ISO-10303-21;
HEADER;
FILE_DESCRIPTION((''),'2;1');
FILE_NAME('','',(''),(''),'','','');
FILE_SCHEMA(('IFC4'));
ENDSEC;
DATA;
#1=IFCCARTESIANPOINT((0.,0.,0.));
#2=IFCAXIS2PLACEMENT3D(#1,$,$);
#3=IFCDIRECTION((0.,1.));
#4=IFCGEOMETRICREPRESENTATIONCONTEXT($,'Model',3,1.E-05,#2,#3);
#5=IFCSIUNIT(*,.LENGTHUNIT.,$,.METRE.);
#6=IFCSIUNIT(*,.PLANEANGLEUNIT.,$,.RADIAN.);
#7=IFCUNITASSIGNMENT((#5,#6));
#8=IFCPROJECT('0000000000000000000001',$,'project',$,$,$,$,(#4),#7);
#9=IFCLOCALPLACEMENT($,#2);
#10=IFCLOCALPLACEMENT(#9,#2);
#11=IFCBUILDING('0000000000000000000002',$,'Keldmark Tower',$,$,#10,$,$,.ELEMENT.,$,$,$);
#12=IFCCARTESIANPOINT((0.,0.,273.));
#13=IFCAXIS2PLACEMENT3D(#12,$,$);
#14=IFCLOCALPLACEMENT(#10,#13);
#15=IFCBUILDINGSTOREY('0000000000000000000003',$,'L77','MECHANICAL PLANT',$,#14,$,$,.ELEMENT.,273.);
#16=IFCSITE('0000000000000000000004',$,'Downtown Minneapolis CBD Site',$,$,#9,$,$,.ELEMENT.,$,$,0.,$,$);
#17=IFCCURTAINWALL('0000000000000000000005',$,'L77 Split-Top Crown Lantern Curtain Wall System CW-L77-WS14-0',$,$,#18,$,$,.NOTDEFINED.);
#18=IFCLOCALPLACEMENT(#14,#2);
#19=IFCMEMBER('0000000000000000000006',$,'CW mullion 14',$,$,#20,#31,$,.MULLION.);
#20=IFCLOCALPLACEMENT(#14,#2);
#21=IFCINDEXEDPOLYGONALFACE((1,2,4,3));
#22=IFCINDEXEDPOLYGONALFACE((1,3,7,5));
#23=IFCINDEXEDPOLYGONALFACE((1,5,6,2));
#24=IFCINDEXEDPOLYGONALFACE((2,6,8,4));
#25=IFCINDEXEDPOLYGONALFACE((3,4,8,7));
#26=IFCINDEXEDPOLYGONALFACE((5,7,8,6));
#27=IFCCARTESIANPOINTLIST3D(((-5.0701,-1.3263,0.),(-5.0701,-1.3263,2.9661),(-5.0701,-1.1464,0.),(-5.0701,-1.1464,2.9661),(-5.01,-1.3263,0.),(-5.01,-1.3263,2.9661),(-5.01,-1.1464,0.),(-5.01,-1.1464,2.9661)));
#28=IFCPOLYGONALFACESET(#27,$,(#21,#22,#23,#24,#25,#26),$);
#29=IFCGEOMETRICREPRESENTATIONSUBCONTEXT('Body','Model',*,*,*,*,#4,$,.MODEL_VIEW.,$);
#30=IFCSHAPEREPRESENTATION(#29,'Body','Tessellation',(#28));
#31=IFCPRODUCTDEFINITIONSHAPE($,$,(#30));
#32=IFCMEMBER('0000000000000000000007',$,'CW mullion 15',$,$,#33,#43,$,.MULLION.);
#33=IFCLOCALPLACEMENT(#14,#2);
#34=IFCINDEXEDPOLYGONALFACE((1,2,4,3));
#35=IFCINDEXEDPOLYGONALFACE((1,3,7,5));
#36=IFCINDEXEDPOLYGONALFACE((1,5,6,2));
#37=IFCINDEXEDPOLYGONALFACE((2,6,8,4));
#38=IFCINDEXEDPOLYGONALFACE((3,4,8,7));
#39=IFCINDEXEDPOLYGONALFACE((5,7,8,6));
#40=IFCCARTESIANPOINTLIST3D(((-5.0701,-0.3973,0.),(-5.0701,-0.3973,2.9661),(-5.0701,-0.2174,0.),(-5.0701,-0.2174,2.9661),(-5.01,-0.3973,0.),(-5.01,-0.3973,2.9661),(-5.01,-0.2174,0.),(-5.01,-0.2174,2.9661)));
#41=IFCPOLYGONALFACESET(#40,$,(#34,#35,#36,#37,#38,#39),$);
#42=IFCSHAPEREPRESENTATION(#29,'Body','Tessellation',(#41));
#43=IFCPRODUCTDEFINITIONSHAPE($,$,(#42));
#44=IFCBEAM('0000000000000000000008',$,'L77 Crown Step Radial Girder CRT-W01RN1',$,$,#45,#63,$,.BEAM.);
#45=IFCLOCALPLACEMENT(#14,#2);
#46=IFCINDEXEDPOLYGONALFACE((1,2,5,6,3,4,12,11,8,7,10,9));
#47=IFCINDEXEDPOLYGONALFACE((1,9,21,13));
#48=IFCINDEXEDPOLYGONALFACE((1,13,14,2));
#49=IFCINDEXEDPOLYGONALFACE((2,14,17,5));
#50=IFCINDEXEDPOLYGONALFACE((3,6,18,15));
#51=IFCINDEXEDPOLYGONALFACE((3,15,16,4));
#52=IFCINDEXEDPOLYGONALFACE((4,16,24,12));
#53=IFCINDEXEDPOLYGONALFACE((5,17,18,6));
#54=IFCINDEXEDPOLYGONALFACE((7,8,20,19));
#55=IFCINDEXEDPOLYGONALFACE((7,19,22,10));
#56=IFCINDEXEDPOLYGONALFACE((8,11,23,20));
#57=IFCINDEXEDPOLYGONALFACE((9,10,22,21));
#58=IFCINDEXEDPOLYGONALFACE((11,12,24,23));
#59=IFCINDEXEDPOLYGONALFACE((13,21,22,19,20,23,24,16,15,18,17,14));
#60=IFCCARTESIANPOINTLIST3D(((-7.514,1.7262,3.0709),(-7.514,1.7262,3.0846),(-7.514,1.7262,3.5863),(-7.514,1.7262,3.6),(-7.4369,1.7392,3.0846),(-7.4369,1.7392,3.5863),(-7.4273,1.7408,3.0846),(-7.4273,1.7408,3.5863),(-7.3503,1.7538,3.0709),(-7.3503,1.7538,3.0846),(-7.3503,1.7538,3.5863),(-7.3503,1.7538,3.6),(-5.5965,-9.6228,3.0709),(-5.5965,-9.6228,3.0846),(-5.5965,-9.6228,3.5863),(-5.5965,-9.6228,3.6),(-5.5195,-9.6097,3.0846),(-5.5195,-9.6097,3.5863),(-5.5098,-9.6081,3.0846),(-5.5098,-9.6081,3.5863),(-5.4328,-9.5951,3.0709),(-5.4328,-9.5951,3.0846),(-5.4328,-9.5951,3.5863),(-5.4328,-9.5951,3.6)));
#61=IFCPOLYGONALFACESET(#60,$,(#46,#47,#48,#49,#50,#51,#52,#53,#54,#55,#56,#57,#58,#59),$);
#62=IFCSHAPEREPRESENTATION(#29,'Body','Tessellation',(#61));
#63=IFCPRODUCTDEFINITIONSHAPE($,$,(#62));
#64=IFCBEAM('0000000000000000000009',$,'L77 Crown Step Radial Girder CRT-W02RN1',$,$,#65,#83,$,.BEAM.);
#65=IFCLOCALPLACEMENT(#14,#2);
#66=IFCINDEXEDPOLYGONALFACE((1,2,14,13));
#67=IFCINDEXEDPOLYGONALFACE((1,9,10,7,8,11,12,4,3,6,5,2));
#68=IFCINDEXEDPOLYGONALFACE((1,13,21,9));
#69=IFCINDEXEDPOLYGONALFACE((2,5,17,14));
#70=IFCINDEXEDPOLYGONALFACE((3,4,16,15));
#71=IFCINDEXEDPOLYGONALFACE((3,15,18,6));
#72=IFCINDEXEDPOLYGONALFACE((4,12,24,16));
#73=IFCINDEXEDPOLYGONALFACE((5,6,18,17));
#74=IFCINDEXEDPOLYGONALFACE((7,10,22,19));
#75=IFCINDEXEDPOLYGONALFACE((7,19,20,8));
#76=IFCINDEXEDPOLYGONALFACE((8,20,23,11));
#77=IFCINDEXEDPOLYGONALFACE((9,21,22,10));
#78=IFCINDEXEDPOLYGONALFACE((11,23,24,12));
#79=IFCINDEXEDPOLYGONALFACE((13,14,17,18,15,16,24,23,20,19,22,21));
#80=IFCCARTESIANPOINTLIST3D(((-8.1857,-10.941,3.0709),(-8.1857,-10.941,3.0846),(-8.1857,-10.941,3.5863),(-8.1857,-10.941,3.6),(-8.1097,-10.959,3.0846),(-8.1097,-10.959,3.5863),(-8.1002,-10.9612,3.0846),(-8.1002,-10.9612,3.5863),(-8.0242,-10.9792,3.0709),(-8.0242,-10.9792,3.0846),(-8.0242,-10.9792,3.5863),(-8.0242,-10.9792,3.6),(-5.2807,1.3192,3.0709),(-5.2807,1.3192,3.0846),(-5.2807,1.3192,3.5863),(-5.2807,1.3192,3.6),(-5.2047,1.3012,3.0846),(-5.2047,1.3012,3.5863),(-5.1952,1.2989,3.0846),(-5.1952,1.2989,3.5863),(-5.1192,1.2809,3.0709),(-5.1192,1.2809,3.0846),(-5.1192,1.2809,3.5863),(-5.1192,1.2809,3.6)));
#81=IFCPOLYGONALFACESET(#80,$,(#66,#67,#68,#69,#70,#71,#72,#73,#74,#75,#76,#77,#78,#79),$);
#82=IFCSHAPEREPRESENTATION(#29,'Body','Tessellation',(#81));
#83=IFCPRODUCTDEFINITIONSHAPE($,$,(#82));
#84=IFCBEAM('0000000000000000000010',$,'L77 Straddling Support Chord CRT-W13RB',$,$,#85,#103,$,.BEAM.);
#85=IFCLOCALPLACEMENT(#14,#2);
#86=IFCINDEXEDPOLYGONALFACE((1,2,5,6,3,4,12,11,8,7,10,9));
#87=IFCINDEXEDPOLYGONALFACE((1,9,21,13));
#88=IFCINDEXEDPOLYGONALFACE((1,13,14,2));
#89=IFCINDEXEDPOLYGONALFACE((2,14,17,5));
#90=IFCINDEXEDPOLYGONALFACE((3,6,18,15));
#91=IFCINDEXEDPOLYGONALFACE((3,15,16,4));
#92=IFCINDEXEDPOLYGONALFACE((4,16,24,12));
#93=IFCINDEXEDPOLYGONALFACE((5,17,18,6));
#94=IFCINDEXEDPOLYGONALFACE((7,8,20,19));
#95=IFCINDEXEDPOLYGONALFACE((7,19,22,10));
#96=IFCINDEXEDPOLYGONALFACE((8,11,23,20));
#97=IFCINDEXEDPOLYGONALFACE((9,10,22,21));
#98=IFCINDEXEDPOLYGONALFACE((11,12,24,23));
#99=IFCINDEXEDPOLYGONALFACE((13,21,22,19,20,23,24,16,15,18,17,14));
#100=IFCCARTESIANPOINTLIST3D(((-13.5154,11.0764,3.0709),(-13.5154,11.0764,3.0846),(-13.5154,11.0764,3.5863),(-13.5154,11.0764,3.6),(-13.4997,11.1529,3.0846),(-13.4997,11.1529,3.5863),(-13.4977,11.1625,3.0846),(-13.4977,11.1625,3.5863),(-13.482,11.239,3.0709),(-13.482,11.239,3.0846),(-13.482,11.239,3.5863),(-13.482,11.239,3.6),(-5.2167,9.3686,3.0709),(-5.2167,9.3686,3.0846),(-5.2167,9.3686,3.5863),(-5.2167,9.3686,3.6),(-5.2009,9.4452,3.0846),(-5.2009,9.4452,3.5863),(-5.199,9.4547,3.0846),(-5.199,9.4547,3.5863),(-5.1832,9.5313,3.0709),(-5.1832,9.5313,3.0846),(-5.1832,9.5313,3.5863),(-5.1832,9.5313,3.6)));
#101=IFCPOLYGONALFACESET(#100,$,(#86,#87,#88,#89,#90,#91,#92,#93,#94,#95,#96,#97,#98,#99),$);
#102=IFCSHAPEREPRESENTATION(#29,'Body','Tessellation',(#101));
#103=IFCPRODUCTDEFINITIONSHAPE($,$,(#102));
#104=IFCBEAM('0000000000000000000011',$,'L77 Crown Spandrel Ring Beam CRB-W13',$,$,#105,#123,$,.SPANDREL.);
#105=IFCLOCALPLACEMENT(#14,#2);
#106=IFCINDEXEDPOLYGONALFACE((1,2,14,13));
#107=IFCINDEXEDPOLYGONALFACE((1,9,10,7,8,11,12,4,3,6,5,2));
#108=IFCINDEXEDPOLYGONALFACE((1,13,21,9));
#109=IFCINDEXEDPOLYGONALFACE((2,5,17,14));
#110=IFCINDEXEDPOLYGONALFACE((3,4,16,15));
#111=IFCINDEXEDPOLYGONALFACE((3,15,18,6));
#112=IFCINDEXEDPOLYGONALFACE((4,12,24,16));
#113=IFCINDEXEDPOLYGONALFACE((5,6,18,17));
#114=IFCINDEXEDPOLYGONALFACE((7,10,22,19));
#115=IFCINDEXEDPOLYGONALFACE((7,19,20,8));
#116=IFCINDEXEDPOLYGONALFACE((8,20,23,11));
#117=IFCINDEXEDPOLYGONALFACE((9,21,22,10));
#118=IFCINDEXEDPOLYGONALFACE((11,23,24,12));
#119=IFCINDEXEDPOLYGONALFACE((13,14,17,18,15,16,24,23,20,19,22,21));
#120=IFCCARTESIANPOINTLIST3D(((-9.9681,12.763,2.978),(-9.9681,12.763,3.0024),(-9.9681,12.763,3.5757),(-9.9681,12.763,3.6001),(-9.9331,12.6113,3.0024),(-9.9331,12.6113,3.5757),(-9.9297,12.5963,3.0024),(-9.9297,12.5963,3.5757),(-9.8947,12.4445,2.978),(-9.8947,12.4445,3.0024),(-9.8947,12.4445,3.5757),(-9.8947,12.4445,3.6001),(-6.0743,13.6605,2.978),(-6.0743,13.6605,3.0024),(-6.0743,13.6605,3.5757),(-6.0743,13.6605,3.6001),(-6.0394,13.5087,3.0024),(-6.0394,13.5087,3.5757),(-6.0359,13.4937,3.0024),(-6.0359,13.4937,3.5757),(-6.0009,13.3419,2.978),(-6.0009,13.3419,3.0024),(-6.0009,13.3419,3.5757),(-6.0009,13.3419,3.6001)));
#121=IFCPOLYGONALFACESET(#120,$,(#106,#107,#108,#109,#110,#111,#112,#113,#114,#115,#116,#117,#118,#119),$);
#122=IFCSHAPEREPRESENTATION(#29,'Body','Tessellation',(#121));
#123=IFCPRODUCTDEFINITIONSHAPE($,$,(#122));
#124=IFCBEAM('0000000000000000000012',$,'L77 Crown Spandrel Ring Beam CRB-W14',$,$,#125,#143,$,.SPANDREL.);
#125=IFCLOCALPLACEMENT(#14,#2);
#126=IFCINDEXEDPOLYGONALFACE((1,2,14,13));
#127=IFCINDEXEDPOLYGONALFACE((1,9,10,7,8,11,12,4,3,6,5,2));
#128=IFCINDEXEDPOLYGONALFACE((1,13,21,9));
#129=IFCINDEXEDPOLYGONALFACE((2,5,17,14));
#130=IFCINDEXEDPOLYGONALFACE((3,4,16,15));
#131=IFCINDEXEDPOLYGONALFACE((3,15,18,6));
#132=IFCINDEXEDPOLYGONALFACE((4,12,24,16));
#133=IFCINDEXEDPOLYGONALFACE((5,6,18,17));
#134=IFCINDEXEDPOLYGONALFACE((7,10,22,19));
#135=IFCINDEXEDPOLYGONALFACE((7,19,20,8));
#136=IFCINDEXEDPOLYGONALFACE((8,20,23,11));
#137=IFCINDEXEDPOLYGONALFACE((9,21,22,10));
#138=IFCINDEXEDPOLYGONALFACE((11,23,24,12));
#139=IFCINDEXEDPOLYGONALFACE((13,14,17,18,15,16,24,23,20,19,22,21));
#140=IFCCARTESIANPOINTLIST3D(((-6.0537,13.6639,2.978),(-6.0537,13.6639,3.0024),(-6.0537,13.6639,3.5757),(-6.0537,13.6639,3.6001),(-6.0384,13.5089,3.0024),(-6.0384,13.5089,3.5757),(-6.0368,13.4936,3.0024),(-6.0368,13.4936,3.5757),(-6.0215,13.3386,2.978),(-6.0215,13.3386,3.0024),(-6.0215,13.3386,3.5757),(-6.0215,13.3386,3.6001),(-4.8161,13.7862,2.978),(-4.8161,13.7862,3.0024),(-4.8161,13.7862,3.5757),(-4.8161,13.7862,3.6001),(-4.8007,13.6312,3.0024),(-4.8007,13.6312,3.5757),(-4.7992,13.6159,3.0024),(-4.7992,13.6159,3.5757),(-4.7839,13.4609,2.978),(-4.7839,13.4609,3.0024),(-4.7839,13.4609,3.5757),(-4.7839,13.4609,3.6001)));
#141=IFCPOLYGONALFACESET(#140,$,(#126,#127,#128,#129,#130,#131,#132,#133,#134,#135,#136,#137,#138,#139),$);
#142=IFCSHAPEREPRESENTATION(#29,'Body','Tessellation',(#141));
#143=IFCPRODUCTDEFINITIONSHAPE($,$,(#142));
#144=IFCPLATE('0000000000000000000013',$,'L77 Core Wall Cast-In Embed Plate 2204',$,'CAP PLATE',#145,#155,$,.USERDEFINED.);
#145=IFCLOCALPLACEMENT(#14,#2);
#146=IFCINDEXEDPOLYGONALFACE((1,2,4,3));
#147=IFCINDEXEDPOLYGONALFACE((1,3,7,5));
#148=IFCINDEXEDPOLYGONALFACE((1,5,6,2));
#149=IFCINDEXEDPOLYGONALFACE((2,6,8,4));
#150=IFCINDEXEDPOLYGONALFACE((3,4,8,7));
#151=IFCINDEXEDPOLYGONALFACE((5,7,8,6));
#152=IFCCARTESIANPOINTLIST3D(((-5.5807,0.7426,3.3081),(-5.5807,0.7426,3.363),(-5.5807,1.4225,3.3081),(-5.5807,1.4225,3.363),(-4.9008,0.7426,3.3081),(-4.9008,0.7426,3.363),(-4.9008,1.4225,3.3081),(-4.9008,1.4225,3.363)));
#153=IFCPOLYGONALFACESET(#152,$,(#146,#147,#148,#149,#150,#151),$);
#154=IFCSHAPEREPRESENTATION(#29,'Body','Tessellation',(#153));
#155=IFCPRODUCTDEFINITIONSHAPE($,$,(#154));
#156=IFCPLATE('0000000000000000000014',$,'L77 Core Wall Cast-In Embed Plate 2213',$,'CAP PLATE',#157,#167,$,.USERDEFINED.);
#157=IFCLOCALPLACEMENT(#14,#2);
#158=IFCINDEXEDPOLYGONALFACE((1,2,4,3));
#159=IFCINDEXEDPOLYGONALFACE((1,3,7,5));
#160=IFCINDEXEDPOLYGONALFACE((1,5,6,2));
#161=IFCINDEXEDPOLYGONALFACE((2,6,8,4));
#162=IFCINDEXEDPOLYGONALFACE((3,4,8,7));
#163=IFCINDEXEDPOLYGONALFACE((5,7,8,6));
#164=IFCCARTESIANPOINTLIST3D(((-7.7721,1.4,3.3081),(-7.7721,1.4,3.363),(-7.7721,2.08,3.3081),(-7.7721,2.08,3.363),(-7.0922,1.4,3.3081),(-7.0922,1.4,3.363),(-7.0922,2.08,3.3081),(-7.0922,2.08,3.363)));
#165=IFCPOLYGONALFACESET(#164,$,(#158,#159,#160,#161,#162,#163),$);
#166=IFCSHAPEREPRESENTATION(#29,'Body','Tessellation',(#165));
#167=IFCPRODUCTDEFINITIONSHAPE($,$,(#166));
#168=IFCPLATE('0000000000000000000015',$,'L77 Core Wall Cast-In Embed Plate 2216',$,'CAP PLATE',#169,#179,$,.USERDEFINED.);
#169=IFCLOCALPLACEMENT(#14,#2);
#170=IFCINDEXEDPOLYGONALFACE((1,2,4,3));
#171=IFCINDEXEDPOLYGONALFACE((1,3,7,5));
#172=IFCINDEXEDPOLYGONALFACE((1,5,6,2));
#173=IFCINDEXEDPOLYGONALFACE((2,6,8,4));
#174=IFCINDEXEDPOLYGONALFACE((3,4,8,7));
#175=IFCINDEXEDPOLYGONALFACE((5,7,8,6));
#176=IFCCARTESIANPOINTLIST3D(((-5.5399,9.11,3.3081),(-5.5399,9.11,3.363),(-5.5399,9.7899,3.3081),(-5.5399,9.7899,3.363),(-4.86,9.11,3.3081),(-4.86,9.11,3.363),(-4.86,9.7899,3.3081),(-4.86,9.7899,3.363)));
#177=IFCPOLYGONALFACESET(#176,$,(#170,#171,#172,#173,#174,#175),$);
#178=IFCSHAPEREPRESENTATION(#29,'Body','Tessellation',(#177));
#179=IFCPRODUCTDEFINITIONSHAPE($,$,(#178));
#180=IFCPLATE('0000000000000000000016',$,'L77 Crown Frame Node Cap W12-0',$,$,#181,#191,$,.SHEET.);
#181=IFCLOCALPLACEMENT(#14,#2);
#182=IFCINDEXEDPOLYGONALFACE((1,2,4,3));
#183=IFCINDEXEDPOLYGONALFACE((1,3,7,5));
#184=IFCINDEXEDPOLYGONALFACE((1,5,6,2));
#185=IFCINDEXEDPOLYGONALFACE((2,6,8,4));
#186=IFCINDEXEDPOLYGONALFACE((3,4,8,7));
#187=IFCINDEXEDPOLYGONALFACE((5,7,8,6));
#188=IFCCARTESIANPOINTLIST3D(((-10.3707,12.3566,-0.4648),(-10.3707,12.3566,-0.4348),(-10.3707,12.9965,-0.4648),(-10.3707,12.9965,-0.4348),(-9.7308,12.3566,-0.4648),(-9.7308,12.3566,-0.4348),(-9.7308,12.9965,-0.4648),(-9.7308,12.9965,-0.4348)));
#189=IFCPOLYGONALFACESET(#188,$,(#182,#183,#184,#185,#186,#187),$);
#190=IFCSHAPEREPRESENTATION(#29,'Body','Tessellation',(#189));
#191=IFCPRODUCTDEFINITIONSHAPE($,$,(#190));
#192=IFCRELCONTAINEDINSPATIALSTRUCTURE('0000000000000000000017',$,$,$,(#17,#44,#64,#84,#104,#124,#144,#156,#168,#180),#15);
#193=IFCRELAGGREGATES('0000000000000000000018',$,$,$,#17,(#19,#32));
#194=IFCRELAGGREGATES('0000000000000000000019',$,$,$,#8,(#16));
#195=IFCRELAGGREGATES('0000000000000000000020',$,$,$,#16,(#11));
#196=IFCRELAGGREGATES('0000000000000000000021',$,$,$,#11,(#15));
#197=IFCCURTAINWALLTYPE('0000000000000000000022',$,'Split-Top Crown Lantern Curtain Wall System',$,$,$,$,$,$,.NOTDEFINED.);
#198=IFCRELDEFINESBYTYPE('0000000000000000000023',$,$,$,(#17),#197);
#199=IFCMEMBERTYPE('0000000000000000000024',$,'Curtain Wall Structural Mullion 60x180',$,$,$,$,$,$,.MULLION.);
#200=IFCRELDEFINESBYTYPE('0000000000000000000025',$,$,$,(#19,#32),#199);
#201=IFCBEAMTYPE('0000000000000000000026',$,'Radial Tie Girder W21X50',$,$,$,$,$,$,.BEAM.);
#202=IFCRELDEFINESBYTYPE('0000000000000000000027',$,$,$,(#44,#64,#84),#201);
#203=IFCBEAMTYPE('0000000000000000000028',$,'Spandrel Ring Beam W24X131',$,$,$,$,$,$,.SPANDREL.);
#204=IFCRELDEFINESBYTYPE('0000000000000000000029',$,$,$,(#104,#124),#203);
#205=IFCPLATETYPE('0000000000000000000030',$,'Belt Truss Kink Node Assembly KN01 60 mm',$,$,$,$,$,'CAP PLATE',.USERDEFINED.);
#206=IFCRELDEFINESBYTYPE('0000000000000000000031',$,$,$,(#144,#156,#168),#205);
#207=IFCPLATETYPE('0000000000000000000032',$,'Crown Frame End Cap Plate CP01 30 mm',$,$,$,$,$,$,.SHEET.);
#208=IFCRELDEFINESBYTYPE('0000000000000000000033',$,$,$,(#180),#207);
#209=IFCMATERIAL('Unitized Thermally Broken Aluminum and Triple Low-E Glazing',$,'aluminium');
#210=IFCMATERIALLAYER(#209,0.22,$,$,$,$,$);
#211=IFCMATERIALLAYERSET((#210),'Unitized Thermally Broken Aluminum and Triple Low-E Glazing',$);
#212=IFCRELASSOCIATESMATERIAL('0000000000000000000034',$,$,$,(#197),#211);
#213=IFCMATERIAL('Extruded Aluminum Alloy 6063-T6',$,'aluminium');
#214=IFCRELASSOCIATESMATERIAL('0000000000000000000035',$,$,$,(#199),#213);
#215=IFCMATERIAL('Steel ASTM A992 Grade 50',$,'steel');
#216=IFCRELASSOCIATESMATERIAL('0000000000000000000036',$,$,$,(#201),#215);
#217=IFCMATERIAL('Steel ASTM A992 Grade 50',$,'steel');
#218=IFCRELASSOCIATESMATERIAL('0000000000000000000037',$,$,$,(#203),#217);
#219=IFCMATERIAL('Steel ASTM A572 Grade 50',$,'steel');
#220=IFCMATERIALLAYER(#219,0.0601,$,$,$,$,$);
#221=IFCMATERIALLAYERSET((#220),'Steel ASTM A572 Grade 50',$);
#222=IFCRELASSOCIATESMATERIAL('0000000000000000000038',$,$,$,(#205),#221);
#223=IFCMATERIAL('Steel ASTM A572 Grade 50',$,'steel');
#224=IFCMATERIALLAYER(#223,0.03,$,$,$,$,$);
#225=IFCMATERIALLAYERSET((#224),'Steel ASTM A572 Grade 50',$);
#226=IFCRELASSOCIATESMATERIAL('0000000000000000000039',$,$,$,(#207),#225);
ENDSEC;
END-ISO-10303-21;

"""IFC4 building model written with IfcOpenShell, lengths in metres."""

from ifc_helpers import new_model, si_unit, direction, frame, origin, origin_2d, place, context, subcontext, project, spatial, rectangle, i_section, extrude, material, layer, layer_set, material_profile, profile_set, type_object, element, aggregate, save


model = new_model("IFC4")

# Units and contexts
model_context = context("Model", 3, precision=1e-05, world=origin(), true_north=direction((0.0, 1.0)))
body_context = subcontext(model_context, "Body", "Model", "MODEL_VIEW")
ifc_project = project(units=[si_unit("LENGTHUNIT", "METRE"), si_unit("PLANEANGLEUNIT", "RADIAN")], contexts=[model_context])

# Site, building, storey
site_placement = place(None, origin())
site = spatial("IfcSite", under=ifc_project, at=site_placement, Name="Downtown Minneapolis CBD Site", CompositionType="ELEMENT", RefElevation=0.0)
building_placement = place(site_placement, origin())
building = spatial("IfcBuilding", under=site, at=building_placement, Name="Keldmark Tower", CompositionType="ELEMENT")
storey_placement = place(building_placement, frame((0.0, 0.0, 273.0)))
storey = spatial("IfcBuildingStorey", under=building, at=storey_placement, Name="L77", Description="MECHANICAL PLANT", CompositionType="ELEMENT", Elevation=273.0)

# Curtain wall, members
ifc_material_1 = material(Name="Unitized Thermally Broken Aluminum and Triple Low-E Glazing", Category="aluminium")
ifc_layer_1 = layer(ifc_material_1, 0.22)
ifc_layer_set_1 = layer_set([ifc_layer_1], Name="Unitized Thermally Broken Aluminum and Triple Low-E Glazing")
curtain_wall_type = type_object("IfcCurtainWallType", Name="Split-Top Crown Lantern Curtain Wall System", PredefinedType="NOTDEFINED", material=ifc_layer_set_1)
curtain_wall_placement = place(storey_placement, origin())
curtain_wall = element("IfcCurtainWall", 1, at=curtain_wall_placement, inside=storey, type_object=curtain_wall_type, Name="L77 Split-Top Crown Lantern Curtain Wall System CW-L77-WS14-0", PredefinedType="NOTDEFINED")
ifc_material_2 = material(Name="Extruded Aluminum Alloy 6063-T6", Category="aluminium")
ifc_material_profile_1 = material_profile(ifc_material_2, rectangle(XDim=0.0601, YDim=0.1799, at=origin_2d()), Name="CWM60X180")
ifc_profile_set_1 = profile_set([ifc_material_profile_1], Name="Extruded Aluminum Alloy 6063-T6")
member_type_1 = type_object("IfcMemberType", Name="Curtain Wall Structural Mullion 60x180", PredefinedType="MULLION", material=ifc_profile_set_1)
member_1_placement = place(storey_placement, frame((-5.04, -1.2363, 0.0), z_axis=(0.0, 0.0, 1.0), x_axis=(-1.0, 0.0, 0.0)))
member_1 = element("IfcMember", 2, at=member_1_placement, type_object=member_type_1, Name="CW mullion 14", PredefinedType="MULLION", context=body_context, shape_type="SweptSolid", body=[
    extrude(rectangle(XDim=0.0601, YDim=0.1799, at=origin_2d()), origin(), (0.0, 0.0, 1.0), 2.9661),
])
member_2_placement = place(storey_placement, frame((-5.04, -0.3074, 0.0), z_axis=(0.0, 0.0, 1.0), x_axis=(-1.0, 0.0, 0.0)))
member_2 = element("IfcMember", 3, at=member_2_placement, type_object=member_type_1, Name="CW mullion 15", PredefinedType="MULLION", context=body_context, shape_type="SweptSolid", body=[
    extrude(rectangle(XDim=0.0601, YDim=0.1799, at=origin_2d()), origin(), (0.0, 0.0, 1.0), 2.9661),
])

# Beams
ifc_material_3 = material(Name="Steel ASTM A992 Grade 50", Category="steel")
ifc_material_profile_2 = material_profile(ifc_material_3, i_section(OverallWidth=0.166, OverallDepth=0.5291, WebThickness=0.0098, FlangeThickness=0.0137, at=origin_2d()), Name="W21X50")
ifc_profile_set_2 = profile_set([ifc_material_profile_2], Name="Steel ASTM A992 Grade 50")
beam_type_1 = type_object("IfcBeamType", Name="Radial Tie Girder W21X50", PredefinedType="BEAM", material=ifc_profile_set_2)
beam_1_placement = place(storey_placement, frame((-7.4321, 1.74, 3.3354), z_axis=(0.166597, -0.986025, 0.0), x_axis=(0.986025, 0.166597, 0.0)))
element("IfcBeam", 4, at=beam_1_placement, inside=storey, type_object=beam_type_1, Name="L77 Crown Step Radial Girder CRT-W01RN1", PredefinedType="BEAM", context=body_context, shape_type="SweptSolid", body=[
    extrude(i_section(OverallWidth=0.166, OverallDepth=0.5291, WebThickness=0.0098, FlangeThickness=0.0137, at=origin_2d()), origin(), (0.0, 0.0, 1.0), 11.5098),
])
beam_2_placement = place(storey_placement, frame((-5.2, 1.3, 3.3354), z_axis=(-0.230563, -0.973057, 0.0), x_axis=(0.973057, -0.230563, 0.0)))
element("IfcBeam", 5, at=beam_2_placement, inside=storey, type_object=beam_type_1, Name="L77 Crown Step Radial Girder CRT-W02RN1", PredefinedType="BEAM", context=body_context, shape_type="SweptSolid", body=[
    extrude(i_section(OverallWidth=0.166, OverallDepth=0.5291, WebThickness=0.0098, FlangeThickness=0.0137, at=origin_2d()), origin(), (0.0, 0.0, 1.0), 12.5996),
])
beam_3_placement = place(storey_placement, frame((-5.2, 9.45, 3.3354), z_axis=(-0.979476, 0.20156, 0.0), x_axis=(-0.20156, -0.979476, 0.0)))
element("IfcBeam", 6, at=beam_3_placement, inside=storey, type_object=beam_type_1, Name="L77 Straddling Support Chord CRT-W13RB", PredefinedType="BEAM", context=body_context, shape_type="SweptSolid", body=[
    extrude(i_section(OverallWidth=0.166, OverallDepth=0.5291, WebThickness=0.0098, FlangeThickness=0.0137, at=origin_2d()), origin(), (0.0, 0.0, 1.0), 8.4727),
])
ifc_material_4 = material(Name="Steel ASTM A992 Grade 50", Category="steel")
ifc_material_profile_3 = material_profile(ifc_material_4, i_section(OverallWidth=0.3269, OverallDepth=0.6221, WebThickness=0.0154, FlangeThickness=0.0244, at=origin_2d()), Name="W24X131")
ifc_profile_set_3 = profile_set([ifc_material_profile_3], Name="Steel ASTM A992 Grade 50")
beam_type_2 = type_object("IfcBeamType", Name="Spandrel Ring Beam W24X131", PredefinedType="SPANDREL", material=ifc_profile_set_3)
beam_4_placement = place(storey_placement, frame((-9.9314, 12.6038, 3.2891), z_axis=(0.974452, 0.224596, 0.0), x_axis=(-0.224596, 0.974452, 0.0)))
element("IfcBeam", 7, at=beam_4_placement, inside=storey, type_object=beam_type_2, Name="L77 Crown Spandrel Ring Beam CRB-W13", PredefinedType="SPANDREL", context=body_context, shape_type="SweptSolid", body=[
    extrude(i_section(OverallWidth=0.3269, OverallDepth=0.6221, WebThickness=0.0154, FlangeThickness=0.0244, at=origin_2d()), origin(), (0.0, 0.0, 1.0), 3.9958),
])
beam_5_placement = place(storey_placement, frame((-6.0376, 13.5012, 3.2891), z_axis=(0.995151, 0.098357, 0.0), x_axis=(-0.098357, 0.995151, 0.0)))
element("IfcBeam", 8, at=beam_5_placement, inside=storey, type_object=beam_type_2, Name="L77 Crown Spandrel Ring Beam CRB-W14", PredefinedType="SPANDREL", context=body_context, shape_type="SweptSolid", body=[
    extrude(i_section(OverallWidth=0.3269, OverallDepth=0.6221, WebThickness=0.0154, FlangeThickness=0.0244, at=origin_2d()), origin(), (0.0, 0.0, 1.0), 1.2437),
])

# Plates
ifc_material_5 = material(Name="Steel ASTM A572 Grade 50", Category="steel")
ifc_layer_2 = layer(ifc_material_5, 0.0601)
ifc_layer_set_2 = layer_set([ifc_layer_2], Name="Steel ASTM A572 Grade 50")
plate_type_1 = type_object("IfcPlateType", Name="Belt Truss Kink Node Assembly KN01 60 mm", ElementType="CAP PLATE", PredefinedType="USERDEFINED", material=ifc_layer_set_2)
for number, where, z_axis, x_axis, name in (
    (9, (-5.2407, 1.0825, 3.3081), (0.0, 0.0, 1.0), (1.0, 0.0, 0.0), "L77 Core Wall Cast-In Embed Plate 2204"),
    (10, (-7.4321, 1.74, 3.3081), (0.0, 0.0, 1.0), (1.0, 0.0, 0.0), "L77 Core Wall Cast-In Embed Plate 2213"),
    (11, (-5.2, 9.45, 3.3081), (0.0, 0.0, 1.0), (1.0, 0.0, 0.0), "L77 Core Wall Cast-In Embed Plate 2216"),
):
    element("IfcPlate", number, at=place(storey_placement, frame(where, z_axis=z_axis, x_axis=x_axis)), inside=storey, type_object=plate_type_1, Name=name, ObjectType="CAP PLATE", PredefinedType="USERDEFINED", context=body_context, shape_type="SweptSolid", body=[
        extrude(rectangle(XDim=0.6799, YDim=0.6799, at=origin_2d()), origin(), (0.0, 0.0, 1.0), 0.0549),
    ])
ifc_material_6 = material(Name="Steel ASTM A572 Grade 50", Category="steel")
ifc_layer_3 = layer(ifc_material_6, 0.03)
ifc_layer_set_3 = layer_set([ifc_layer_3], Name="Steel ASTM A572 Grade 50")
plate_type_2 = type_object("IfcPlateType", Name="Crown Frame End Cap Plate CP01 30 mm", PredefinedType="SHEET", material=ifc_layer_set_3)
plate_1_placement = place(storey_placement, frame((-10.0508, 12.6765, -0.4648), z_axis=(0.0, 0.0, 1.0), x_axis=(1.0, 0.0, 0.0)))
element("IfcPlate", 12, at=plate_1_placement, inside=storey, type_object=plate_type_2, Name="L77 Crown Frame Node Cap W12-0", PredefinedType="SHEET", context=body_context, shape_type="SweptSolid", body=[
    extrude(rectangle(XDim=0.6399, YDim=0.6399, at=origin_2d()), origin(), (0.0, 0.0, 1.0), 0.03),
])

aggregate(curtain_wall, [member_1, member_2])

save(model, "model.ifc")
